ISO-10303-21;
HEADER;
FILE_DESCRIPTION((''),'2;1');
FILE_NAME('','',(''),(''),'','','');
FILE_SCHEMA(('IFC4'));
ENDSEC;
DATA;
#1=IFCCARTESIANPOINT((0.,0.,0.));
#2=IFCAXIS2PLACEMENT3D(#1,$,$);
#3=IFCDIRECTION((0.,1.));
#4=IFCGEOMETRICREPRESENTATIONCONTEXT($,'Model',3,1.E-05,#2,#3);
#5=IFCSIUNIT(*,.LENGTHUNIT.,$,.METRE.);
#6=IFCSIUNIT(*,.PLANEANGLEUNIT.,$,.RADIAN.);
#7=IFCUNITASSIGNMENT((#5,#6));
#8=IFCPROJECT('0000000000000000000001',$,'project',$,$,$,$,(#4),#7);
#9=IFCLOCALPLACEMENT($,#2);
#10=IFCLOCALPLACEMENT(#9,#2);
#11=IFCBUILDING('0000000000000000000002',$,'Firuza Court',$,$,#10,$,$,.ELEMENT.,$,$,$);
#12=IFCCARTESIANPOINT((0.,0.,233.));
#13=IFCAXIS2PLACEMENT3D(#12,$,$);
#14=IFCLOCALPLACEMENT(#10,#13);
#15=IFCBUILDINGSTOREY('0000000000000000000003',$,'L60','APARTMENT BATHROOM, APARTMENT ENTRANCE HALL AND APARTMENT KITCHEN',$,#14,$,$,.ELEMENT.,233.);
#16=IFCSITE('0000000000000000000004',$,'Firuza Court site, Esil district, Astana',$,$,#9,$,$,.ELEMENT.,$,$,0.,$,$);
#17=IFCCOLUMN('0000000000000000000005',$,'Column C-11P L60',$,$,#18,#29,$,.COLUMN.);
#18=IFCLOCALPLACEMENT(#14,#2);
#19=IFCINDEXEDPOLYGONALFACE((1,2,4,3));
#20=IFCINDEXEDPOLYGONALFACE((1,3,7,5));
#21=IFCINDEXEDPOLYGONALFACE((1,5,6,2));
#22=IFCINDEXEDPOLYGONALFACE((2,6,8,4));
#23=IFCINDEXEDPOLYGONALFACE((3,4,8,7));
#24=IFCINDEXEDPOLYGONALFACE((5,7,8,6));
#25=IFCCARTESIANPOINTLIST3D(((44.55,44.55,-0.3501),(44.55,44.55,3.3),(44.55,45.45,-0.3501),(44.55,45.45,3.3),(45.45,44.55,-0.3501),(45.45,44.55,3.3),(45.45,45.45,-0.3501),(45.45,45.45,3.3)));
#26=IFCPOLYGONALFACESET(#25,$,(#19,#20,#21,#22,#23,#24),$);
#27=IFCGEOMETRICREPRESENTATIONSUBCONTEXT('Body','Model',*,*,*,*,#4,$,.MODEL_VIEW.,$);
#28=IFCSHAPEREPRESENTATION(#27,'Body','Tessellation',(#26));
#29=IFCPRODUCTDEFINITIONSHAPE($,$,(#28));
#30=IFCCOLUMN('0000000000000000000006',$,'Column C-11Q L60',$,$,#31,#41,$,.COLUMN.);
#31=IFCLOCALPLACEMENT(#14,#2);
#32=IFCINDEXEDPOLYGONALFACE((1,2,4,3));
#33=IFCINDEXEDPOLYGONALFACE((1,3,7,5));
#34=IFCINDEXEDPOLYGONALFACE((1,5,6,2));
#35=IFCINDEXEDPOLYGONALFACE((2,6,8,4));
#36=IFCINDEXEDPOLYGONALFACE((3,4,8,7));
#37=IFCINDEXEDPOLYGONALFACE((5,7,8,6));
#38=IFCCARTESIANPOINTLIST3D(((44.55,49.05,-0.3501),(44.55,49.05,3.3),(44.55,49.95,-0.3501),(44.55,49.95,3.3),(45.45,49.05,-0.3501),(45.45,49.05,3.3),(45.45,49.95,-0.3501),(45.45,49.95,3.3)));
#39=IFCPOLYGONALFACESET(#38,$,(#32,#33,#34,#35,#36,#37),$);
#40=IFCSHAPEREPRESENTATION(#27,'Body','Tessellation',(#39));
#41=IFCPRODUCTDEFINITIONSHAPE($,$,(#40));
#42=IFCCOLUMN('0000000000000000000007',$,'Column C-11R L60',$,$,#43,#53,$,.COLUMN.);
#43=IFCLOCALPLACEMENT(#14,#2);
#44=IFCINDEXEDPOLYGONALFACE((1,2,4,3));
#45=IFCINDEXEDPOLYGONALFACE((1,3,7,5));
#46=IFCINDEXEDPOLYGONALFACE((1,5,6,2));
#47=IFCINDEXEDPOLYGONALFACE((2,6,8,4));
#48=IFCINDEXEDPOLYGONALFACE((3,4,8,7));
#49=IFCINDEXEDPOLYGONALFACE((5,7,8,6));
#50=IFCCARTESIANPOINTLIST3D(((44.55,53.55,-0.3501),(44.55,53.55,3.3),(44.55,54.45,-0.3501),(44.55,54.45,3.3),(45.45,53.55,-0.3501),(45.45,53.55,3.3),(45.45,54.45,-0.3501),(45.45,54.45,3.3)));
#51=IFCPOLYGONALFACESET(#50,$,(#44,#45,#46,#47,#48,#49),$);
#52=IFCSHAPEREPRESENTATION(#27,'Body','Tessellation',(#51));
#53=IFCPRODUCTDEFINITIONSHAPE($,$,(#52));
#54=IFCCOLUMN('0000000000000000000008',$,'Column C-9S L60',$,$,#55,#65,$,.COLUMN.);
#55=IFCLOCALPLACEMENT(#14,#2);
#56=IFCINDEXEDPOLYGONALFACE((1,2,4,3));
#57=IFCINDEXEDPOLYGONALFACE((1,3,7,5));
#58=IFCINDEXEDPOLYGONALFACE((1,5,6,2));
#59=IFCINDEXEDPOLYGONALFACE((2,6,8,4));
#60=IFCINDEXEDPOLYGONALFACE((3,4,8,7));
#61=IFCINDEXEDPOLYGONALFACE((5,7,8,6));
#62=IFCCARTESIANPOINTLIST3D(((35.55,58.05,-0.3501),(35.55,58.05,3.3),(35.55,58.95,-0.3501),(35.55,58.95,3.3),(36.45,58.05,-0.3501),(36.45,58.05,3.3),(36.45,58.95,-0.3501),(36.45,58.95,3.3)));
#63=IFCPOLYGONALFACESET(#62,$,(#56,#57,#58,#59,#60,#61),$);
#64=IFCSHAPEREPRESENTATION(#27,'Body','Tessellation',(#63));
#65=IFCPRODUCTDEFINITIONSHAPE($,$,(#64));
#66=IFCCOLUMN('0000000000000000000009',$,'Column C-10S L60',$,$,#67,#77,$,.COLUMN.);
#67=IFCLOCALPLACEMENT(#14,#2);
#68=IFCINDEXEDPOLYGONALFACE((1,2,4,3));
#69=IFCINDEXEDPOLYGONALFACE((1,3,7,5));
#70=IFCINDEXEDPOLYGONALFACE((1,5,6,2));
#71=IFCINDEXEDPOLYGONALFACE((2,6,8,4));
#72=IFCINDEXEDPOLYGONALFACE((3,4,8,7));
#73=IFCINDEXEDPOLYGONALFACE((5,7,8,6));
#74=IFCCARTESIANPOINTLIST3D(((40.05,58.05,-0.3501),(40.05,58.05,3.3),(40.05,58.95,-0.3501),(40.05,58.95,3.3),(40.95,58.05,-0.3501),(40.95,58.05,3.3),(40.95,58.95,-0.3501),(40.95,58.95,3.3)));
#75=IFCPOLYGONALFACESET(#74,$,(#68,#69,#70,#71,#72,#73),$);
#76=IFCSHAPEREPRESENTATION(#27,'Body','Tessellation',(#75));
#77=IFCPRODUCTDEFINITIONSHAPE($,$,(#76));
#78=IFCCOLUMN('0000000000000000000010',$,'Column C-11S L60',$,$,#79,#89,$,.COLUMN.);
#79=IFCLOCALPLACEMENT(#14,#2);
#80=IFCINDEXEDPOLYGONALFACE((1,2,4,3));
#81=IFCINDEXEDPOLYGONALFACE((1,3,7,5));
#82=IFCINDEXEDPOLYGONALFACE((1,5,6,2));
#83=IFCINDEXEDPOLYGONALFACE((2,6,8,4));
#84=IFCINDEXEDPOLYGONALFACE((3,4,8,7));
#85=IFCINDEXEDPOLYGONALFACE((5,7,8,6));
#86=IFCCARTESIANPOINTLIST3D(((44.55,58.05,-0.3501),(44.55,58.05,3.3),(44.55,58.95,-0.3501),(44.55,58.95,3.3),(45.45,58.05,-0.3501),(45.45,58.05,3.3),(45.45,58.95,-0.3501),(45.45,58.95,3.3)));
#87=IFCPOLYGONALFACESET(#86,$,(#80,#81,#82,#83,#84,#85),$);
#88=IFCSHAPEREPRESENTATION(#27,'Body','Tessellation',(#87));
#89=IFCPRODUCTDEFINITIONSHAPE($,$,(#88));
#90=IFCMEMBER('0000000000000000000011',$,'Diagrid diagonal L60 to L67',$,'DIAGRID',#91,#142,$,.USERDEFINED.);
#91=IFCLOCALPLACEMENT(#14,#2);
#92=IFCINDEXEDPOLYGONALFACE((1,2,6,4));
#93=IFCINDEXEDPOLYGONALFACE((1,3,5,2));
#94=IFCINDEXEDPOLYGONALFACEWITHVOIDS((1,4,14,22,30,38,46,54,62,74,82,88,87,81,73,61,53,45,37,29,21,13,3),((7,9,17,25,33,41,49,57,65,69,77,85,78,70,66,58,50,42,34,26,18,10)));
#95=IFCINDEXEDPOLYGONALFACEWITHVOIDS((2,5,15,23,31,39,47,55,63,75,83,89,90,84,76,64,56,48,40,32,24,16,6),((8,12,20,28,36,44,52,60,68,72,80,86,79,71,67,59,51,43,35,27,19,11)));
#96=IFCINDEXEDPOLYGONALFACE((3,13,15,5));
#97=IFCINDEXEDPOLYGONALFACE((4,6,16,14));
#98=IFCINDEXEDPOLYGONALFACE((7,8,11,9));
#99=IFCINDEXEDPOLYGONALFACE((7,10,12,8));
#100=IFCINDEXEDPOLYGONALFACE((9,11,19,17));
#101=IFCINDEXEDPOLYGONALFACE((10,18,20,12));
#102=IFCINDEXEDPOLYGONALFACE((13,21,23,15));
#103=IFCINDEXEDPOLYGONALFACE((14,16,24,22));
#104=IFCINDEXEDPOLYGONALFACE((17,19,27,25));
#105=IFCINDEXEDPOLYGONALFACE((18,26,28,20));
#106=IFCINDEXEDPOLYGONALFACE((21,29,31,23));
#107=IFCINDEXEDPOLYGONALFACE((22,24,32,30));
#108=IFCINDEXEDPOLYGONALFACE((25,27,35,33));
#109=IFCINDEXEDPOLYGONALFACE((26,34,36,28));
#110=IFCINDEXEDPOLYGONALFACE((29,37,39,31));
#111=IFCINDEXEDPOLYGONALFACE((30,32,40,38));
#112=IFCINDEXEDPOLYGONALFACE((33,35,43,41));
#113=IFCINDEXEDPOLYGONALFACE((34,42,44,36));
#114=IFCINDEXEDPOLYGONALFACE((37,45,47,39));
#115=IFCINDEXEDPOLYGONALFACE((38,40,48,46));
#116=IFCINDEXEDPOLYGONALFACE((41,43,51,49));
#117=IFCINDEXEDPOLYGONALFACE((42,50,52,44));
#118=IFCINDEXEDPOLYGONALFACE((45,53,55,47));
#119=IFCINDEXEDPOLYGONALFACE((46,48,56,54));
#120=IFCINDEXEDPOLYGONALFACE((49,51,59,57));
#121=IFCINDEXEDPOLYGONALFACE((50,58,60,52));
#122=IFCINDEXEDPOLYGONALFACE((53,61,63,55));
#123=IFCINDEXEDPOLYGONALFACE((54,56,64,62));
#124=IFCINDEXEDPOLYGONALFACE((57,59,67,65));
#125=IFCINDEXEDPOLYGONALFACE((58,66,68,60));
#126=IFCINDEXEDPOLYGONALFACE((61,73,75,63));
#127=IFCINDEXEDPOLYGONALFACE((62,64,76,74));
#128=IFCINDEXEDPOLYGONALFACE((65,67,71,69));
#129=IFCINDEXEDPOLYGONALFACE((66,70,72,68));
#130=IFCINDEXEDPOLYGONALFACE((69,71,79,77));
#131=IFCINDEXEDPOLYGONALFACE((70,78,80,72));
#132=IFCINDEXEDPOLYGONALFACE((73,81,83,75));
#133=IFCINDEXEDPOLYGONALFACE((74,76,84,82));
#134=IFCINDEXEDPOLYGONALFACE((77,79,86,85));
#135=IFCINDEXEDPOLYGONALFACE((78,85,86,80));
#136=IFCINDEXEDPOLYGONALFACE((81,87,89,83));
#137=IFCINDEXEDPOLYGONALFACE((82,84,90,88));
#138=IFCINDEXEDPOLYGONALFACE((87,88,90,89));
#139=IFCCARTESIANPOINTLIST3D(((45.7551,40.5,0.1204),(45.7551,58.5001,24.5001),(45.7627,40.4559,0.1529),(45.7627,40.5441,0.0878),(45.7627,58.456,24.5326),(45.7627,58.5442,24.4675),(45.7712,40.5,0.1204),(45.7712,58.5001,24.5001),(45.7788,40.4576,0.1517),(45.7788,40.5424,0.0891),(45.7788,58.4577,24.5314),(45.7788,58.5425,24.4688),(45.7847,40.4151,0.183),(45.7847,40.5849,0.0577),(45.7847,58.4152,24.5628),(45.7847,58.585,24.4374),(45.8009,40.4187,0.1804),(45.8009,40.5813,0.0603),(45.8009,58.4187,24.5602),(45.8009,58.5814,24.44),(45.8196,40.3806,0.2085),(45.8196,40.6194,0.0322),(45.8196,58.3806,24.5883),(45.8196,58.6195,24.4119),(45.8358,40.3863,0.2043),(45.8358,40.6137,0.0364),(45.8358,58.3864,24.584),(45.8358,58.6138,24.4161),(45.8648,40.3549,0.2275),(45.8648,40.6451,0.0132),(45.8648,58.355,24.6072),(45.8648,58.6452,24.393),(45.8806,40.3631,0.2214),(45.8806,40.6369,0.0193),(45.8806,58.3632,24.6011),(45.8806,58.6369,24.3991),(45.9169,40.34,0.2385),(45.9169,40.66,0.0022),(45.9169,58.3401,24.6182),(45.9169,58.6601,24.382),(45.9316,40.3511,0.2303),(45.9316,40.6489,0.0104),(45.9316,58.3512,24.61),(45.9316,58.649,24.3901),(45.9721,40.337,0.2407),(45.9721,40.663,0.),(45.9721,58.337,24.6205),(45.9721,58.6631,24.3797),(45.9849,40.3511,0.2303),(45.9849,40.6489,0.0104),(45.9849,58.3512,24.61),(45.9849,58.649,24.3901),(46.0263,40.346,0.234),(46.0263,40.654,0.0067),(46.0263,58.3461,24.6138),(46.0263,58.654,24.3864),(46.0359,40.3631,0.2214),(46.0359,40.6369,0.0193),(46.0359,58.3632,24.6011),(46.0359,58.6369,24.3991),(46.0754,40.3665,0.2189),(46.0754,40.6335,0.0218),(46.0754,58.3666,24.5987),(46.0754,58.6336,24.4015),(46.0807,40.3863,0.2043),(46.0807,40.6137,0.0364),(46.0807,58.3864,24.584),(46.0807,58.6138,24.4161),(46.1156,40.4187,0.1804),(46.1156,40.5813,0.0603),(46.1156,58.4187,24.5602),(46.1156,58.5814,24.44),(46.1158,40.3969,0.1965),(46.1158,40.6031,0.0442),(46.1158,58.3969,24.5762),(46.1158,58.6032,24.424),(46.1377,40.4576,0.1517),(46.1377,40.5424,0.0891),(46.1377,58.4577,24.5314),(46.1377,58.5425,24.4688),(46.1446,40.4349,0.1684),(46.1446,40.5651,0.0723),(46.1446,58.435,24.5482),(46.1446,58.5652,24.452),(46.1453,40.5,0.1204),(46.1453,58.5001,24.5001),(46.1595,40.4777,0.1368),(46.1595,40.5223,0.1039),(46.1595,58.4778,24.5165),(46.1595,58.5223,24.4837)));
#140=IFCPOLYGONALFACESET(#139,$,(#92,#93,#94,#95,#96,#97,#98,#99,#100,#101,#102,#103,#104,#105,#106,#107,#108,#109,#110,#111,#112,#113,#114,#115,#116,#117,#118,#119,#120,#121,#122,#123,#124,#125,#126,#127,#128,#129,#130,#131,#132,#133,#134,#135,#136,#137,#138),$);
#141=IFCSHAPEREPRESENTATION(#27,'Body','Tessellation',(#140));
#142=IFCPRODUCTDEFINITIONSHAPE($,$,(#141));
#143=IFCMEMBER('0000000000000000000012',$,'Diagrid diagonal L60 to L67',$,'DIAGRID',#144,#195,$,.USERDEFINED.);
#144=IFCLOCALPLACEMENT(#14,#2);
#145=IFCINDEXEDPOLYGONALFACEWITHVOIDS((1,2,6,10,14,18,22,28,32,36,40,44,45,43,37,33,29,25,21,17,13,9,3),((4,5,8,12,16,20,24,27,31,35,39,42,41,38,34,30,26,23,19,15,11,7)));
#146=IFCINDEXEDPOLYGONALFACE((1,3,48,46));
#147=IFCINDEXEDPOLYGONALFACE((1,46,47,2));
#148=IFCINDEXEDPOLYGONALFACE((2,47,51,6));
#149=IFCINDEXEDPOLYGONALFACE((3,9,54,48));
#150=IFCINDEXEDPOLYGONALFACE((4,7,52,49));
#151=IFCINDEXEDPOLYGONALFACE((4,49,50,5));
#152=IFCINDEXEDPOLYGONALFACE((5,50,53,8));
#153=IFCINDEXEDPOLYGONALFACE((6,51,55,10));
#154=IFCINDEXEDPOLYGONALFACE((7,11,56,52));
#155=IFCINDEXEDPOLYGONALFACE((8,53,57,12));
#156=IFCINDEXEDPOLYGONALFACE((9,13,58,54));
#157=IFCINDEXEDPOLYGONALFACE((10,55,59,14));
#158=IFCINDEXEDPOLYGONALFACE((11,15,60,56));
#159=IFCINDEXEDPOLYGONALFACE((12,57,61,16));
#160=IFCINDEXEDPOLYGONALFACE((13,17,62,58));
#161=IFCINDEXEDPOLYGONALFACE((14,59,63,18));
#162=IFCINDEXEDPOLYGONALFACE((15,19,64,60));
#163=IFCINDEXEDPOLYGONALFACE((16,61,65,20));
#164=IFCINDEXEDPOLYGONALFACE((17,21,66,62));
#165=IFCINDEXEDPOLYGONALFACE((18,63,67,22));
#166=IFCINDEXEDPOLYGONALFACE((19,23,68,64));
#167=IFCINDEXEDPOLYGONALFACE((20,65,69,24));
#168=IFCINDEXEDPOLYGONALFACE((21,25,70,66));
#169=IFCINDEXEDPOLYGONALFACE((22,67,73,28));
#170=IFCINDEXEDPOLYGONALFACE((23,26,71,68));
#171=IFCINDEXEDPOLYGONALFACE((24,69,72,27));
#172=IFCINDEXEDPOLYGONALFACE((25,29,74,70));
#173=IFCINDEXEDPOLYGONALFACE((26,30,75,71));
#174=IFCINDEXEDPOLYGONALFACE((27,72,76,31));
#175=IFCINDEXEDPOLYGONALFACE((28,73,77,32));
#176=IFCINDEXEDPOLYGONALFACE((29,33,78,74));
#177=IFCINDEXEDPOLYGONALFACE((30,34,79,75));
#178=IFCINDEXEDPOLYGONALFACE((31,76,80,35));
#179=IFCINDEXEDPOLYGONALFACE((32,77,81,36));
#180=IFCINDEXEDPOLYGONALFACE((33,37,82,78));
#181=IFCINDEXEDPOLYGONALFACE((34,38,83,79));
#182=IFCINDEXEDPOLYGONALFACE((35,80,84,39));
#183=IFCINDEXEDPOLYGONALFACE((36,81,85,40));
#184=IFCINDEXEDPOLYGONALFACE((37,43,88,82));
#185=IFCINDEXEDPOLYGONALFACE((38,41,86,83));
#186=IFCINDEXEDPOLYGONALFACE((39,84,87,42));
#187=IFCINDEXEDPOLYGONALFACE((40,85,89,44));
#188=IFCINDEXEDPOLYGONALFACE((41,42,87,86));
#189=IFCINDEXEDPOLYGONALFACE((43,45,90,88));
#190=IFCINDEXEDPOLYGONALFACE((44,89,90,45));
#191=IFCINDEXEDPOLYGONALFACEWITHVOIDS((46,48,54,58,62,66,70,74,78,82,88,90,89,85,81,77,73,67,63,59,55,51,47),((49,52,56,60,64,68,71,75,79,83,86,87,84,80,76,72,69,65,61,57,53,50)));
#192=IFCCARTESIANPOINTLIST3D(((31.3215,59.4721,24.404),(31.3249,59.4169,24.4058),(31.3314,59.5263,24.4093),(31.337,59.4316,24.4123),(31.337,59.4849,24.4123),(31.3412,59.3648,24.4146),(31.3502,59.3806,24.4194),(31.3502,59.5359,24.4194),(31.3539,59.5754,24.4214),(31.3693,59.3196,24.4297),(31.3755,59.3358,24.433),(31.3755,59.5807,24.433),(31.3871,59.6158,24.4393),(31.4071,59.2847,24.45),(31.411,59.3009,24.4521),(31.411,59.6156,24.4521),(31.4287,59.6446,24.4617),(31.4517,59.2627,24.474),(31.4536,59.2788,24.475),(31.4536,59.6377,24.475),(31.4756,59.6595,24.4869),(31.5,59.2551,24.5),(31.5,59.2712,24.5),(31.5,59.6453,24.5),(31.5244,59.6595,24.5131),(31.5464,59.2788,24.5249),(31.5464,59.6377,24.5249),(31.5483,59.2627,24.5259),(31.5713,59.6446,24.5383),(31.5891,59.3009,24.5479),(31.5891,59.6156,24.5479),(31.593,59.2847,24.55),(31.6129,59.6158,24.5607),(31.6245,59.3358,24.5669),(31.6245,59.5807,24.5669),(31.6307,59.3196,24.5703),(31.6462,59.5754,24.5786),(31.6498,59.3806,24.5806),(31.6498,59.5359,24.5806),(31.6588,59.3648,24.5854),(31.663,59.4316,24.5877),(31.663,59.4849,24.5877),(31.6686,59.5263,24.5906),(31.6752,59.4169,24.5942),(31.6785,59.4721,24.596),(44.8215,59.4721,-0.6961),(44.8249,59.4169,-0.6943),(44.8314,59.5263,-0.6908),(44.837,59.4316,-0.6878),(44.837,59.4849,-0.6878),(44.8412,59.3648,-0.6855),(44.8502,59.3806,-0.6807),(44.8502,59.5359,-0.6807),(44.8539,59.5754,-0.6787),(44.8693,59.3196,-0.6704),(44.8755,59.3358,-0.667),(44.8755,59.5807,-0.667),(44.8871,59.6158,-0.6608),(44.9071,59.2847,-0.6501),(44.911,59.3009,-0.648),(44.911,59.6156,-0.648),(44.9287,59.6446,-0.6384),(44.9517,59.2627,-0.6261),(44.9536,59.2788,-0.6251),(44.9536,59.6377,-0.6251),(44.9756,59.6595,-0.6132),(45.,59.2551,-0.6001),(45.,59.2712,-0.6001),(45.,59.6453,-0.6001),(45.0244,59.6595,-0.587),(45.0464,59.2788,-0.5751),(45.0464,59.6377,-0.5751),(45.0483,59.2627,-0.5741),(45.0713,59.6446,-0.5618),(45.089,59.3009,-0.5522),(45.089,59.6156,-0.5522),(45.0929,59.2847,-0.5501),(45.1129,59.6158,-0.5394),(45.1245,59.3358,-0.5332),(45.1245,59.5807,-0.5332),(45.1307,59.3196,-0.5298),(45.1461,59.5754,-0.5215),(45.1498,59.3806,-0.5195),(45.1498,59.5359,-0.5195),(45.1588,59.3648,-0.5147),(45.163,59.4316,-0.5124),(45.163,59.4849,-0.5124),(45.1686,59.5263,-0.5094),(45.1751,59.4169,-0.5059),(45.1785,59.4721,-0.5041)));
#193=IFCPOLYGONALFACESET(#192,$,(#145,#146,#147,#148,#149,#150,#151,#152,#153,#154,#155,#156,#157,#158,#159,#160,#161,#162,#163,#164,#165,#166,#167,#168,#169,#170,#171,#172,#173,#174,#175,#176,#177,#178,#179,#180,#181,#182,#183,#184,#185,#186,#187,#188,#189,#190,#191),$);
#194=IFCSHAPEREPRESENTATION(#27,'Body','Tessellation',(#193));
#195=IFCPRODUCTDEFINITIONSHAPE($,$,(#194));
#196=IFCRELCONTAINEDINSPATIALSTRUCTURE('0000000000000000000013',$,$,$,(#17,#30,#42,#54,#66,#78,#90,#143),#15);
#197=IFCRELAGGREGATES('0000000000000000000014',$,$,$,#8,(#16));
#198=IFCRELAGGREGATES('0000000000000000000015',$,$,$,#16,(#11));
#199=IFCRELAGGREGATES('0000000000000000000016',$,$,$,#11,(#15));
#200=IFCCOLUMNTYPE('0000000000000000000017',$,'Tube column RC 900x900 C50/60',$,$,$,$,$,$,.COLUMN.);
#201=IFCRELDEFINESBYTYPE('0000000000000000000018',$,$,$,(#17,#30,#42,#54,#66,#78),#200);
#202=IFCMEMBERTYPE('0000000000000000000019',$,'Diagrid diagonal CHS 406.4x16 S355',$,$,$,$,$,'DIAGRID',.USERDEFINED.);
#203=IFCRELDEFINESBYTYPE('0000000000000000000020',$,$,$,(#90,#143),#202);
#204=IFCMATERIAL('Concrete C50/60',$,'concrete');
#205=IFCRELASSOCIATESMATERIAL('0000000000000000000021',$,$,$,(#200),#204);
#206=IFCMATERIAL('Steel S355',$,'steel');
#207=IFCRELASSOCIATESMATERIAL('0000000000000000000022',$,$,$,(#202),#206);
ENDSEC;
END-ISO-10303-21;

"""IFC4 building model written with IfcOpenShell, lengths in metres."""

from ifc_helpers import new_model, si_unit, direction, frame, origin, origin_2d, place, context, subcontext, project, spatial, rectangle, hollow_circle, extrude, material, material_profile, profile_set, type_object, element, save


model = new_model("IFC4")

# Units and contexts
model_context = context("Model", 3, precision=1e-05, world=origin(), true_north=direction((0.0, 1.0)))
body_context = subcontext(model_context, "Body", "Model", "MODEL_VIEW")
ifc_project = project(units=[si_unit("LENGTHUNIT", "METRE"), si_unit("PLANEANGLEUNIT", "RADIAN")], contexts=[model_context])

# Site, building, storey
site_placement = place(None, origin())
site = spatial("IfcSite", under=ifc_project, at=site_placement, Name="Firuza Court site, Esil district, Astana", CompositionType="ELEMENT", RefElevation=0.0)
building_placement = place(site_placement, origin())
building = spatial("IfcBuilding", under=site, at=building_placement, Name="Firuza Court", CompositionType="ELEMENT")
storey_placement = place(building_placement, frame((0.0, 0.0, 233.0)))
storey = spatial("IfcBuildingStorey", under=building, at=storey_placement, Name="L60", Description="APARTMENT BATHROOM, APARTMENT ENTRANCE HALL AND APARTMENT KITCHEN", CompositionType="ELEMENT", Elevation=233.0)

# Columns
ifc_material_1 = material(Name="Concrete C50/60", Category="concrete")
ifc_material_profile_1 = material_profile(ifc_material_1, rectangle(XDim=0.8999, YDim=0.8999, at=origin_2d()), Name="RC 900x900")
ifc_profile_set_1 = profile_set([ifc_material_profile_1], Name="Concrete C50/60")
column_type = type_object("IfcColumnType", Name="Tube column RC 900x900 C50/60", PredefinedType="COLUMN", material=ifc_profile_set_1)
for number, where, z_axis, x_axis, name in (
    (1, (45.0, 45.0, -0.3501), (0.0, 0.0, 1.0), (1.0, 0.0, 0.0), "Column C-11P L60"),
    (2, (45.0, 49.5, -0.3501), (0.0, 0.0, 1.0), (1.0, 0.0, 0.0), "Column C-11Q L60"),
    (3, (45.0, 54.0, -0.3501), (0.0, 0.0, 1.0), (1.0, 0.0, 0.0), "Column C-11R L60"),
    (4, (36.0, 58.5, -0.3501), (0.0, 0.0, 1.0), (1.0, 0.0, 0.0), "Column C-9S L60"),
    (5, (40.5, 58.5, -0.3501), (0.0, 0.0, 1.0), (1.0, 0.0, 0.0), "Column C-10S L60"),
    (6, (45.0, 58.5, -0.3501), (0.0, 0.0, 1.0), (1.0, 0.0, 0.0), "Column C-11S L60"),
):
    element("IfcColumn", number, at=place(storey_placement, frame(where, z_axis=z_axis, x_axis=x_axis)), inside=storey, type_object=column_type, Name=name, PredefinedType="COLUMN", context=body_context, shape_type="SweptSolid", body=[
        extrude(rectangle(XDim=0.8999, YDim=0.8999, at=origin_2d()), origin(), (0.0, 0.0, 1.0), 3.6501),
    ])

# Members
ifc_material_2 = material(Name="Steel S355", Category="steel")
ifc_material_profile_2 = material_profile(ifc_material_2, hollow_circle(Radius=0.2031, WallThickness=0.0161, at=origin_2d()), Name="CHS 406.4x16")
ifc_profile_set_2 = profile_set([ifc_material_profile_2], Name="Steel S355")
member_type_1 = type_object("IfcMemberType", Name="Diagrid diagonal CHS 406.4x16 S355", ElementType="DIAGRID", PredefinedType="USERDEFINED", material=ifc_profile_set_2)
member_1_placement = place(storey_placement, frame((45.9583, 40.5, 0.1204), z_axis=(0.0, 0.59397, 0.804487), x_axis=(-1.0, 0.0, 0.0)))
element("IfcMember", 7, at=member_1_placement, inside=storey, type_object=member_type_1, Name="Diagrid diagonal L60 to L67", ObjectType="DIAGRID", PredefinedType="USERDEFINED", context=body_context, shape_type="SweptSolid", body=[
    extrude(hollow_circle(Radius=0.2031, WallThickness=0.0161, at=origin_2d()), origin(), (0.0, 0.0, 1.0), 30.3047),
])
member_2_placement = place(storey_placement, frame((45.0, 59.4583, -0.6001), z_axis=(-0.47368, 0.0, 0.880697), x_axis=(0.0, -1.0, 0.0)))
element("IfcMember", 8, at=member_2_placement, inside=storey, type_object=member_type_1, Name="Diagrid diagonal L60 to L67", ObjectType="DIAGRID", PredefinedType="USERDEFINED", context=body_context, shape_type="SweptSolid", body=[
    extrude(hollow_circle(Radius=0.2031, WallThickness=0.0161, at=origin_2d()), origin(), (0.0, 0.0, 1.0), 28.5002),
])

save(model, "model.ifc")
